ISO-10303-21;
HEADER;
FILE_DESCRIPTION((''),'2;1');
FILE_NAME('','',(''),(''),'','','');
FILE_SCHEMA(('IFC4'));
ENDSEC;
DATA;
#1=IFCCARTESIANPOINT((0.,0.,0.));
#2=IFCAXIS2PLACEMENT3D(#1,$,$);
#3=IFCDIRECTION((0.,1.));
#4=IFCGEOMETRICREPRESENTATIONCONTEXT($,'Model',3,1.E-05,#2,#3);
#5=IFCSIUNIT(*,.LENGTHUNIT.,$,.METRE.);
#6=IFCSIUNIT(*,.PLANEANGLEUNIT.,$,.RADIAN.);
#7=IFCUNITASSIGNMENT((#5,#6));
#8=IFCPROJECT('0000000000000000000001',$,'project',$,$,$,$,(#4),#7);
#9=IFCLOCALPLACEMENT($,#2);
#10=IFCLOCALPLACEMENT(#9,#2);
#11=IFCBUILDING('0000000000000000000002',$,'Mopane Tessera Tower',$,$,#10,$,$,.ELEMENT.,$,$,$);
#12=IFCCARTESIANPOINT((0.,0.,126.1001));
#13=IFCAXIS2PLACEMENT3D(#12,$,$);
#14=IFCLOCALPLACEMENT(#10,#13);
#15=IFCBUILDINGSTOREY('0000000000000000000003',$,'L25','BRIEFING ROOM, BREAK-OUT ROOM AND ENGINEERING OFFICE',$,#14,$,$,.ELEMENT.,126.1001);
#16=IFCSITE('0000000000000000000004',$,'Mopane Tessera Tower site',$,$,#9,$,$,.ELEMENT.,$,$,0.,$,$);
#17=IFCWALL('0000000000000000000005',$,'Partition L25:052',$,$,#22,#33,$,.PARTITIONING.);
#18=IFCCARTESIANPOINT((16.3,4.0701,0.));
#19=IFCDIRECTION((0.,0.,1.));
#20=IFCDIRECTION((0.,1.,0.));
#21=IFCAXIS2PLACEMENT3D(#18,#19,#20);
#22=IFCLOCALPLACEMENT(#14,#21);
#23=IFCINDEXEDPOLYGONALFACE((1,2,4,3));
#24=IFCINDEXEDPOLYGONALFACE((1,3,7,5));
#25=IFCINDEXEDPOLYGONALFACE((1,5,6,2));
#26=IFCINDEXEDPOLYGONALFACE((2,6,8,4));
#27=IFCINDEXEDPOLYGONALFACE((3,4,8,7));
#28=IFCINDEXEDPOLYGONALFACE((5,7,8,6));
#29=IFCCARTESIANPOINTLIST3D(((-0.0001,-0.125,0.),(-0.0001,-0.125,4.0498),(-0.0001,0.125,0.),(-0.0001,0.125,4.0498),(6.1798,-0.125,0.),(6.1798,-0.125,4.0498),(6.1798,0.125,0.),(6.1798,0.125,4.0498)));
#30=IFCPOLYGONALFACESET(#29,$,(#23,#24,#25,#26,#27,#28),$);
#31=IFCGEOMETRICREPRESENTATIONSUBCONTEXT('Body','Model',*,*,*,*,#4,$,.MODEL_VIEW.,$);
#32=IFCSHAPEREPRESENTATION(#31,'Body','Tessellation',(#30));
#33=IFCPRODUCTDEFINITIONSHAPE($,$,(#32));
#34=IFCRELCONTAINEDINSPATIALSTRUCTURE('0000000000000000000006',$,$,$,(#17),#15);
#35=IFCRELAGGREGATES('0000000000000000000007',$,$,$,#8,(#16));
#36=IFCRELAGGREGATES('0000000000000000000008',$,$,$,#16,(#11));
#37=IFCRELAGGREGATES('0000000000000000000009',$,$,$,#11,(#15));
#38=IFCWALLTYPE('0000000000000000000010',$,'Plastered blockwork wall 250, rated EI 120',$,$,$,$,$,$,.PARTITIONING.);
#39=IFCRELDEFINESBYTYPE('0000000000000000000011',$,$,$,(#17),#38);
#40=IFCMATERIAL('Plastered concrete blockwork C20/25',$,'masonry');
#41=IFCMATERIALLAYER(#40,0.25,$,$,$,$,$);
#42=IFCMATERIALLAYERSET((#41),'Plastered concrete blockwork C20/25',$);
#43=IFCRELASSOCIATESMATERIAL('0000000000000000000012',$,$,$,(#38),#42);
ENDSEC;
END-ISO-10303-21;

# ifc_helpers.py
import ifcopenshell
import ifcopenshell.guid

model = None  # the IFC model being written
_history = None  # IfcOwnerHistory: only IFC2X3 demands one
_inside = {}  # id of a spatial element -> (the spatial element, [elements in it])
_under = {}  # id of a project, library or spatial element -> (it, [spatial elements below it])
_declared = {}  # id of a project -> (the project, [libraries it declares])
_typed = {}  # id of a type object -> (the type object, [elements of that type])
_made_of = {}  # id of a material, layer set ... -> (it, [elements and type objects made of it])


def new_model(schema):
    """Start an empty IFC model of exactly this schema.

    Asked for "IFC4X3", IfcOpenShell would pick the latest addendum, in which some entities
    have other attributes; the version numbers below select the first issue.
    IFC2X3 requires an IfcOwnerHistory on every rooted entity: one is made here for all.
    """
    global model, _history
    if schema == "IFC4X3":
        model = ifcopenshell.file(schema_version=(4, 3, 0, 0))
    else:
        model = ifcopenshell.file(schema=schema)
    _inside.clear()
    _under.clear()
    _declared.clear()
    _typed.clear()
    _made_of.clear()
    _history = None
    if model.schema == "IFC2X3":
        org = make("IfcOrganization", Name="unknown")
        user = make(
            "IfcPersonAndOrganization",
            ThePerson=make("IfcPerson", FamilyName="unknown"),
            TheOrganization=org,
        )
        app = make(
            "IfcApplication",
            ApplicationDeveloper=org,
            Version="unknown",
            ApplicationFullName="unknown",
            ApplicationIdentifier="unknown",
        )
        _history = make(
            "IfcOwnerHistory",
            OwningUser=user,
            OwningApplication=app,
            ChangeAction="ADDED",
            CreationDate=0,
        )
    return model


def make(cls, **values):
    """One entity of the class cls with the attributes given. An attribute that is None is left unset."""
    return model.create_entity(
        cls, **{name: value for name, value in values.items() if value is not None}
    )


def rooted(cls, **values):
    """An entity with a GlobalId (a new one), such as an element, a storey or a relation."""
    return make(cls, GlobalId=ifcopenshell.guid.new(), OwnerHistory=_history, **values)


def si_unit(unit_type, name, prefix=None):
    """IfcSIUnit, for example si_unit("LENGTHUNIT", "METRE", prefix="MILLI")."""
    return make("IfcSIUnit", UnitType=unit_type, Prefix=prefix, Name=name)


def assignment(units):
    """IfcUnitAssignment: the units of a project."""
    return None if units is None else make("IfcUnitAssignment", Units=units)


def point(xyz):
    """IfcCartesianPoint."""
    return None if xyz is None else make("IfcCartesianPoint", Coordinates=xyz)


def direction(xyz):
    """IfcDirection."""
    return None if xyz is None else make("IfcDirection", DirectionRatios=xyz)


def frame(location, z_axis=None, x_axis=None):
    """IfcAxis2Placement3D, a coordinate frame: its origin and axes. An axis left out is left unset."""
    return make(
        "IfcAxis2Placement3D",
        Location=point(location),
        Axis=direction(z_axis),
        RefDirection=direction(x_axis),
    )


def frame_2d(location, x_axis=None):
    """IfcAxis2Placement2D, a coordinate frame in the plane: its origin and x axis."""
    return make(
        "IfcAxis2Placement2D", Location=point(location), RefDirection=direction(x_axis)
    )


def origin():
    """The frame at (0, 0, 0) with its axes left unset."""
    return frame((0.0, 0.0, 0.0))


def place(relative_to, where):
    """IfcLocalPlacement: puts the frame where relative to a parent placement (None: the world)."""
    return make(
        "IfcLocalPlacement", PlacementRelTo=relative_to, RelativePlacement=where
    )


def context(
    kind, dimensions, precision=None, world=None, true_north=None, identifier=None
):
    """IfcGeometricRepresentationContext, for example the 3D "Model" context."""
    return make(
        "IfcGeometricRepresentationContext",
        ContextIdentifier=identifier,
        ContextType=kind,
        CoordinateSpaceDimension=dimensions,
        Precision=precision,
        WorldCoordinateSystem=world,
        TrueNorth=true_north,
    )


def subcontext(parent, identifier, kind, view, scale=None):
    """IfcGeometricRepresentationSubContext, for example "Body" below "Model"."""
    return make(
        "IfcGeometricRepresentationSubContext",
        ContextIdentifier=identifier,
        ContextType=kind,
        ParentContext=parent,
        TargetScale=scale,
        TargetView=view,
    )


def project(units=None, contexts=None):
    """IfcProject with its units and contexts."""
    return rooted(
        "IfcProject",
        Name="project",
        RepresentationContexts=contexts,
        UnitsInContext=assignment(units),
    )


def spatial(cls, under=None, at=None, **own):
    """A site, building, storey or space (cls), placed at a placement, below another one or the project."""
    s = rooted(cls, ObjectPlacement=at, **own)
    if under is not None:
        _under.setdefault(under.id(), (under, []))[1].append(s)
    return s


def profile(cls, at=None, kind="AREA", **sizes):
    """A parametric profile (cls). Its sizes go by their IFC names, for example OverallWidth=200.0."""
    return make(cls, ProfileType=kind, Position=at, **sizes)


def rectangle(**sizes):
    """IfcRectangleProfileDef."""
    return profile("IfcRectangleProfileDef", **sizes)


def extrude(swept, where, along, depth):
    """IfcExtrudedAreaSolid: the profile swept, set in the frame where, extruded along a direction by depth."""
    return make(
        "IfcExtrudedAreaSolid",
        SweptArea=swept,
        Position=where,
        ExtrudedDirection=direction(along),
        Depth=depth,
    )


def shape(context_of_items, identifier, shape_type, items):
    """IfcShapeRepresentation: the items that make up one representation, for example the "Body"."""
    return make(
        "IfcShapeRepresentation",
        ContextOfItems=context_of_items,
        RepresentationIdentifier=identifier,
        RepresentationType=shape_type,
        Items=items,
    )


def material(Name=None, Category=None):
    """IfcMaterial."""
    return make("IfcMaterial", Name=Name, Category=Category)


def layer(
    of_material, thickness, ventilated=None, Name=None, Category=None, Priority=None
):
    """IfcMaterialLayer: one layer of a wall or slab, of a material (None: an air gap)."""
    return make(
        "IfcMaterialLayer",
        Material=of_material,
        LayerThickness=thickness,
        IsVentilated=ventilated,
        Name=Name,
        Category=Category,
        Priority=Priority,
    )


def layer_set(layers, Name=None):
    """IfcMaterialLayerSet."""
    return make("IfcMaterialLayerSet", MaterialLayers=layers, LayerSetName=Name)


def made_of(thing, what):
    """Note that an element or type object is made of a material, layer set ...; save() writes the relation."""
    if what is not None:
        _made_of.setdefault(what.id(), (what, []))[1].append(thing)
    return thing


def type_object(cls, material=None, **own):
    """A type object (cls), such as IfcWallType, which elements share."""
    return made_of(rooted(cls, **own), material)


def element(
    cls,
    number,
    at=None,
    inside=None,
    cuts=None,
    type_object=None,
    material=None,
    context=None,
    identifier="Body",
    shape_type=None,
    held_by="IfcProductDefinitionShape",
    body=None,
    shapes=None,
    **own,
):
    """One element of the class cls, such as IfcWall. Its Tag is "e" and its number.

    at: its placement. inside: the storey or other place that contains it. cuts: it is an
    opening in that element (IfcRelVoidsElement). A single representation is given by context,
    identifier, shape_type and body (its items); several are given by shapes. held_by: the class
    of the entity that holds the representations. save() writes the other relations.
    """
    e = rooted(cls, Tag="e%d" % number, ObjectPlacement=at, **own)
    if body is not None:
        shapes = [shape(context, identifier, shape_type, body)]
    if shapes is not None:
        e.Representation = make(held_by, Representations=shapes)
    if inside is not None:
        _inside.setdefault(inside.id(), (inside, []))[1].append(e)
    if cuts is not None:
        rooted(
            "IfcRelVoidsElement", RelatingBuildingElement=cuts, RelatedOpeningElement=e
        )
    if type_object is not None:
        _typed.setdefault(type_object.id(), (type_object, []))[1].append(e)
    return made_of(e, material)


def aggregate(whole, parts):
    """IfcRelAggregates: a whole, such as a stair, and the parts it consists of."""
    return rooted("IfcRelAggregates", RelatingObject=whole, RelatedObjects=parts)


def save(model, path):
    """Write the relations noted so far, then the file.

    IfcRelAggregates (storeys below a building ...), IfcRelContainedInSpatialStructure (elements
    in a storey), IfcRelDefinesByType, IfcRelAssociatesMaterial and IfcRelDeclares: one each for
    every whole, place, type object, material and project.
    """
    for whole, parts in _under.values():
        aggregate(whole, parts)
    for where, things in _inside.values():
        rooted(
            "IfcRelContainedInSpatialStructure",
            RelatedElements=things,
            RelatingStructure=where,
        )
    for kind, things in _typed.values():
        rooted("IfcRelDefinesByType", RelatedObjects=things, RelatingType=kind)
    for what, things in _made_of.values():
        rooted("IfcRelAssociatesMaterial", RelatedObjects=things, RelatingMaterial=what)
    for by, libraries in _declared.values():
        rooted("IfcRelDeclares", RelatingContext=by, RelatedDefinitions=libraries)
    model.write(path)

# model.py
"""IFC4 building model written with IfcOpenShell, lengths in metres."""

from ifc_helpers import new_model, si_unit, direction, frame, frame_2d, origin, place, context, subcontext, project, spatial, rectangle, extrude, material, layer, layer_set, type_object, element, save


model = new_model("IFC4")

# Units and contexts
model_context = context("Model", 3, precision=1e-05, world=origin(), true_north=direction((0.0, 1.0)))
body_context = subcontext(model_context, "Body", "Model", "MODEL_VIEW")
ifc_project = project(units=[si_unit("LENGTHUNIT", "METRE"), si_unit("PLANEANGLEUNIT", "RADIAN")], contexts=[model_context])

# Site, building, storey
site_placement = place(None, origin())
site = spatial("IfcSite", under=ifc_project, at=site_placement, Name="Mopane Tessera Tower site", CompositionType="ELEMENT", RefElevation=0.0)
building_placement = place(site_placement, origin())
building = spatial("IfcBuilding", under=site, at=building_placement, Name="Mopane Tessera Tower", CompositionType="ELEMENT")
storey_placement = place(building_placement, frame((0.0, 0.0, 126.1001)))
storey = spatial("IfcBuildingStorey", under=building, at=storey_placement, Name="L25", Description="BRIEFING ROOM, BREAK-OUT ROOM AND ENGINEERING OFFICE", CompositionType="ELEMENT", Elevation=126.1001)

# Wall
ifc_material_1 = material(Name="Plastered concrete blockwork C20/25", Category="masonry")
ifc_layer_1 = layer(ifc_material_1, 0.25)
ifc_layer_set_1 = layer_set([ifc_layer_1], Name="Plastered concrete blockwork C20/25")
wall_type_1 = type_object("IfcWallType", Name="Plastered blockwork wall 250, rated EI 120", PredefinedType="PARTITIONING", material=ifc_layer_set_1)
wall_1_placement = place(storey_placement, frame((16.3, 4.0701, 0.0), z_axis=(0.0, 0.0, 1.0), x_axis=(0.0, 1.0, 0.0)))
element("IfcWall", 1, at=wall_1_placement, inside=storey, type_object=wall_type_1, Name="Partition L25:052", PredefinedType="PARTITIONING", context=body_context, shape_type="SweptSolid", body=[
    extrude(rectangle(XDim=6.1799, YDim=0.25, at=frame_2d((3.0898, 0.0))), origin(), (0.0, 0.0, 1.0), 4.0498),
])

save(model, "model.ifc")
